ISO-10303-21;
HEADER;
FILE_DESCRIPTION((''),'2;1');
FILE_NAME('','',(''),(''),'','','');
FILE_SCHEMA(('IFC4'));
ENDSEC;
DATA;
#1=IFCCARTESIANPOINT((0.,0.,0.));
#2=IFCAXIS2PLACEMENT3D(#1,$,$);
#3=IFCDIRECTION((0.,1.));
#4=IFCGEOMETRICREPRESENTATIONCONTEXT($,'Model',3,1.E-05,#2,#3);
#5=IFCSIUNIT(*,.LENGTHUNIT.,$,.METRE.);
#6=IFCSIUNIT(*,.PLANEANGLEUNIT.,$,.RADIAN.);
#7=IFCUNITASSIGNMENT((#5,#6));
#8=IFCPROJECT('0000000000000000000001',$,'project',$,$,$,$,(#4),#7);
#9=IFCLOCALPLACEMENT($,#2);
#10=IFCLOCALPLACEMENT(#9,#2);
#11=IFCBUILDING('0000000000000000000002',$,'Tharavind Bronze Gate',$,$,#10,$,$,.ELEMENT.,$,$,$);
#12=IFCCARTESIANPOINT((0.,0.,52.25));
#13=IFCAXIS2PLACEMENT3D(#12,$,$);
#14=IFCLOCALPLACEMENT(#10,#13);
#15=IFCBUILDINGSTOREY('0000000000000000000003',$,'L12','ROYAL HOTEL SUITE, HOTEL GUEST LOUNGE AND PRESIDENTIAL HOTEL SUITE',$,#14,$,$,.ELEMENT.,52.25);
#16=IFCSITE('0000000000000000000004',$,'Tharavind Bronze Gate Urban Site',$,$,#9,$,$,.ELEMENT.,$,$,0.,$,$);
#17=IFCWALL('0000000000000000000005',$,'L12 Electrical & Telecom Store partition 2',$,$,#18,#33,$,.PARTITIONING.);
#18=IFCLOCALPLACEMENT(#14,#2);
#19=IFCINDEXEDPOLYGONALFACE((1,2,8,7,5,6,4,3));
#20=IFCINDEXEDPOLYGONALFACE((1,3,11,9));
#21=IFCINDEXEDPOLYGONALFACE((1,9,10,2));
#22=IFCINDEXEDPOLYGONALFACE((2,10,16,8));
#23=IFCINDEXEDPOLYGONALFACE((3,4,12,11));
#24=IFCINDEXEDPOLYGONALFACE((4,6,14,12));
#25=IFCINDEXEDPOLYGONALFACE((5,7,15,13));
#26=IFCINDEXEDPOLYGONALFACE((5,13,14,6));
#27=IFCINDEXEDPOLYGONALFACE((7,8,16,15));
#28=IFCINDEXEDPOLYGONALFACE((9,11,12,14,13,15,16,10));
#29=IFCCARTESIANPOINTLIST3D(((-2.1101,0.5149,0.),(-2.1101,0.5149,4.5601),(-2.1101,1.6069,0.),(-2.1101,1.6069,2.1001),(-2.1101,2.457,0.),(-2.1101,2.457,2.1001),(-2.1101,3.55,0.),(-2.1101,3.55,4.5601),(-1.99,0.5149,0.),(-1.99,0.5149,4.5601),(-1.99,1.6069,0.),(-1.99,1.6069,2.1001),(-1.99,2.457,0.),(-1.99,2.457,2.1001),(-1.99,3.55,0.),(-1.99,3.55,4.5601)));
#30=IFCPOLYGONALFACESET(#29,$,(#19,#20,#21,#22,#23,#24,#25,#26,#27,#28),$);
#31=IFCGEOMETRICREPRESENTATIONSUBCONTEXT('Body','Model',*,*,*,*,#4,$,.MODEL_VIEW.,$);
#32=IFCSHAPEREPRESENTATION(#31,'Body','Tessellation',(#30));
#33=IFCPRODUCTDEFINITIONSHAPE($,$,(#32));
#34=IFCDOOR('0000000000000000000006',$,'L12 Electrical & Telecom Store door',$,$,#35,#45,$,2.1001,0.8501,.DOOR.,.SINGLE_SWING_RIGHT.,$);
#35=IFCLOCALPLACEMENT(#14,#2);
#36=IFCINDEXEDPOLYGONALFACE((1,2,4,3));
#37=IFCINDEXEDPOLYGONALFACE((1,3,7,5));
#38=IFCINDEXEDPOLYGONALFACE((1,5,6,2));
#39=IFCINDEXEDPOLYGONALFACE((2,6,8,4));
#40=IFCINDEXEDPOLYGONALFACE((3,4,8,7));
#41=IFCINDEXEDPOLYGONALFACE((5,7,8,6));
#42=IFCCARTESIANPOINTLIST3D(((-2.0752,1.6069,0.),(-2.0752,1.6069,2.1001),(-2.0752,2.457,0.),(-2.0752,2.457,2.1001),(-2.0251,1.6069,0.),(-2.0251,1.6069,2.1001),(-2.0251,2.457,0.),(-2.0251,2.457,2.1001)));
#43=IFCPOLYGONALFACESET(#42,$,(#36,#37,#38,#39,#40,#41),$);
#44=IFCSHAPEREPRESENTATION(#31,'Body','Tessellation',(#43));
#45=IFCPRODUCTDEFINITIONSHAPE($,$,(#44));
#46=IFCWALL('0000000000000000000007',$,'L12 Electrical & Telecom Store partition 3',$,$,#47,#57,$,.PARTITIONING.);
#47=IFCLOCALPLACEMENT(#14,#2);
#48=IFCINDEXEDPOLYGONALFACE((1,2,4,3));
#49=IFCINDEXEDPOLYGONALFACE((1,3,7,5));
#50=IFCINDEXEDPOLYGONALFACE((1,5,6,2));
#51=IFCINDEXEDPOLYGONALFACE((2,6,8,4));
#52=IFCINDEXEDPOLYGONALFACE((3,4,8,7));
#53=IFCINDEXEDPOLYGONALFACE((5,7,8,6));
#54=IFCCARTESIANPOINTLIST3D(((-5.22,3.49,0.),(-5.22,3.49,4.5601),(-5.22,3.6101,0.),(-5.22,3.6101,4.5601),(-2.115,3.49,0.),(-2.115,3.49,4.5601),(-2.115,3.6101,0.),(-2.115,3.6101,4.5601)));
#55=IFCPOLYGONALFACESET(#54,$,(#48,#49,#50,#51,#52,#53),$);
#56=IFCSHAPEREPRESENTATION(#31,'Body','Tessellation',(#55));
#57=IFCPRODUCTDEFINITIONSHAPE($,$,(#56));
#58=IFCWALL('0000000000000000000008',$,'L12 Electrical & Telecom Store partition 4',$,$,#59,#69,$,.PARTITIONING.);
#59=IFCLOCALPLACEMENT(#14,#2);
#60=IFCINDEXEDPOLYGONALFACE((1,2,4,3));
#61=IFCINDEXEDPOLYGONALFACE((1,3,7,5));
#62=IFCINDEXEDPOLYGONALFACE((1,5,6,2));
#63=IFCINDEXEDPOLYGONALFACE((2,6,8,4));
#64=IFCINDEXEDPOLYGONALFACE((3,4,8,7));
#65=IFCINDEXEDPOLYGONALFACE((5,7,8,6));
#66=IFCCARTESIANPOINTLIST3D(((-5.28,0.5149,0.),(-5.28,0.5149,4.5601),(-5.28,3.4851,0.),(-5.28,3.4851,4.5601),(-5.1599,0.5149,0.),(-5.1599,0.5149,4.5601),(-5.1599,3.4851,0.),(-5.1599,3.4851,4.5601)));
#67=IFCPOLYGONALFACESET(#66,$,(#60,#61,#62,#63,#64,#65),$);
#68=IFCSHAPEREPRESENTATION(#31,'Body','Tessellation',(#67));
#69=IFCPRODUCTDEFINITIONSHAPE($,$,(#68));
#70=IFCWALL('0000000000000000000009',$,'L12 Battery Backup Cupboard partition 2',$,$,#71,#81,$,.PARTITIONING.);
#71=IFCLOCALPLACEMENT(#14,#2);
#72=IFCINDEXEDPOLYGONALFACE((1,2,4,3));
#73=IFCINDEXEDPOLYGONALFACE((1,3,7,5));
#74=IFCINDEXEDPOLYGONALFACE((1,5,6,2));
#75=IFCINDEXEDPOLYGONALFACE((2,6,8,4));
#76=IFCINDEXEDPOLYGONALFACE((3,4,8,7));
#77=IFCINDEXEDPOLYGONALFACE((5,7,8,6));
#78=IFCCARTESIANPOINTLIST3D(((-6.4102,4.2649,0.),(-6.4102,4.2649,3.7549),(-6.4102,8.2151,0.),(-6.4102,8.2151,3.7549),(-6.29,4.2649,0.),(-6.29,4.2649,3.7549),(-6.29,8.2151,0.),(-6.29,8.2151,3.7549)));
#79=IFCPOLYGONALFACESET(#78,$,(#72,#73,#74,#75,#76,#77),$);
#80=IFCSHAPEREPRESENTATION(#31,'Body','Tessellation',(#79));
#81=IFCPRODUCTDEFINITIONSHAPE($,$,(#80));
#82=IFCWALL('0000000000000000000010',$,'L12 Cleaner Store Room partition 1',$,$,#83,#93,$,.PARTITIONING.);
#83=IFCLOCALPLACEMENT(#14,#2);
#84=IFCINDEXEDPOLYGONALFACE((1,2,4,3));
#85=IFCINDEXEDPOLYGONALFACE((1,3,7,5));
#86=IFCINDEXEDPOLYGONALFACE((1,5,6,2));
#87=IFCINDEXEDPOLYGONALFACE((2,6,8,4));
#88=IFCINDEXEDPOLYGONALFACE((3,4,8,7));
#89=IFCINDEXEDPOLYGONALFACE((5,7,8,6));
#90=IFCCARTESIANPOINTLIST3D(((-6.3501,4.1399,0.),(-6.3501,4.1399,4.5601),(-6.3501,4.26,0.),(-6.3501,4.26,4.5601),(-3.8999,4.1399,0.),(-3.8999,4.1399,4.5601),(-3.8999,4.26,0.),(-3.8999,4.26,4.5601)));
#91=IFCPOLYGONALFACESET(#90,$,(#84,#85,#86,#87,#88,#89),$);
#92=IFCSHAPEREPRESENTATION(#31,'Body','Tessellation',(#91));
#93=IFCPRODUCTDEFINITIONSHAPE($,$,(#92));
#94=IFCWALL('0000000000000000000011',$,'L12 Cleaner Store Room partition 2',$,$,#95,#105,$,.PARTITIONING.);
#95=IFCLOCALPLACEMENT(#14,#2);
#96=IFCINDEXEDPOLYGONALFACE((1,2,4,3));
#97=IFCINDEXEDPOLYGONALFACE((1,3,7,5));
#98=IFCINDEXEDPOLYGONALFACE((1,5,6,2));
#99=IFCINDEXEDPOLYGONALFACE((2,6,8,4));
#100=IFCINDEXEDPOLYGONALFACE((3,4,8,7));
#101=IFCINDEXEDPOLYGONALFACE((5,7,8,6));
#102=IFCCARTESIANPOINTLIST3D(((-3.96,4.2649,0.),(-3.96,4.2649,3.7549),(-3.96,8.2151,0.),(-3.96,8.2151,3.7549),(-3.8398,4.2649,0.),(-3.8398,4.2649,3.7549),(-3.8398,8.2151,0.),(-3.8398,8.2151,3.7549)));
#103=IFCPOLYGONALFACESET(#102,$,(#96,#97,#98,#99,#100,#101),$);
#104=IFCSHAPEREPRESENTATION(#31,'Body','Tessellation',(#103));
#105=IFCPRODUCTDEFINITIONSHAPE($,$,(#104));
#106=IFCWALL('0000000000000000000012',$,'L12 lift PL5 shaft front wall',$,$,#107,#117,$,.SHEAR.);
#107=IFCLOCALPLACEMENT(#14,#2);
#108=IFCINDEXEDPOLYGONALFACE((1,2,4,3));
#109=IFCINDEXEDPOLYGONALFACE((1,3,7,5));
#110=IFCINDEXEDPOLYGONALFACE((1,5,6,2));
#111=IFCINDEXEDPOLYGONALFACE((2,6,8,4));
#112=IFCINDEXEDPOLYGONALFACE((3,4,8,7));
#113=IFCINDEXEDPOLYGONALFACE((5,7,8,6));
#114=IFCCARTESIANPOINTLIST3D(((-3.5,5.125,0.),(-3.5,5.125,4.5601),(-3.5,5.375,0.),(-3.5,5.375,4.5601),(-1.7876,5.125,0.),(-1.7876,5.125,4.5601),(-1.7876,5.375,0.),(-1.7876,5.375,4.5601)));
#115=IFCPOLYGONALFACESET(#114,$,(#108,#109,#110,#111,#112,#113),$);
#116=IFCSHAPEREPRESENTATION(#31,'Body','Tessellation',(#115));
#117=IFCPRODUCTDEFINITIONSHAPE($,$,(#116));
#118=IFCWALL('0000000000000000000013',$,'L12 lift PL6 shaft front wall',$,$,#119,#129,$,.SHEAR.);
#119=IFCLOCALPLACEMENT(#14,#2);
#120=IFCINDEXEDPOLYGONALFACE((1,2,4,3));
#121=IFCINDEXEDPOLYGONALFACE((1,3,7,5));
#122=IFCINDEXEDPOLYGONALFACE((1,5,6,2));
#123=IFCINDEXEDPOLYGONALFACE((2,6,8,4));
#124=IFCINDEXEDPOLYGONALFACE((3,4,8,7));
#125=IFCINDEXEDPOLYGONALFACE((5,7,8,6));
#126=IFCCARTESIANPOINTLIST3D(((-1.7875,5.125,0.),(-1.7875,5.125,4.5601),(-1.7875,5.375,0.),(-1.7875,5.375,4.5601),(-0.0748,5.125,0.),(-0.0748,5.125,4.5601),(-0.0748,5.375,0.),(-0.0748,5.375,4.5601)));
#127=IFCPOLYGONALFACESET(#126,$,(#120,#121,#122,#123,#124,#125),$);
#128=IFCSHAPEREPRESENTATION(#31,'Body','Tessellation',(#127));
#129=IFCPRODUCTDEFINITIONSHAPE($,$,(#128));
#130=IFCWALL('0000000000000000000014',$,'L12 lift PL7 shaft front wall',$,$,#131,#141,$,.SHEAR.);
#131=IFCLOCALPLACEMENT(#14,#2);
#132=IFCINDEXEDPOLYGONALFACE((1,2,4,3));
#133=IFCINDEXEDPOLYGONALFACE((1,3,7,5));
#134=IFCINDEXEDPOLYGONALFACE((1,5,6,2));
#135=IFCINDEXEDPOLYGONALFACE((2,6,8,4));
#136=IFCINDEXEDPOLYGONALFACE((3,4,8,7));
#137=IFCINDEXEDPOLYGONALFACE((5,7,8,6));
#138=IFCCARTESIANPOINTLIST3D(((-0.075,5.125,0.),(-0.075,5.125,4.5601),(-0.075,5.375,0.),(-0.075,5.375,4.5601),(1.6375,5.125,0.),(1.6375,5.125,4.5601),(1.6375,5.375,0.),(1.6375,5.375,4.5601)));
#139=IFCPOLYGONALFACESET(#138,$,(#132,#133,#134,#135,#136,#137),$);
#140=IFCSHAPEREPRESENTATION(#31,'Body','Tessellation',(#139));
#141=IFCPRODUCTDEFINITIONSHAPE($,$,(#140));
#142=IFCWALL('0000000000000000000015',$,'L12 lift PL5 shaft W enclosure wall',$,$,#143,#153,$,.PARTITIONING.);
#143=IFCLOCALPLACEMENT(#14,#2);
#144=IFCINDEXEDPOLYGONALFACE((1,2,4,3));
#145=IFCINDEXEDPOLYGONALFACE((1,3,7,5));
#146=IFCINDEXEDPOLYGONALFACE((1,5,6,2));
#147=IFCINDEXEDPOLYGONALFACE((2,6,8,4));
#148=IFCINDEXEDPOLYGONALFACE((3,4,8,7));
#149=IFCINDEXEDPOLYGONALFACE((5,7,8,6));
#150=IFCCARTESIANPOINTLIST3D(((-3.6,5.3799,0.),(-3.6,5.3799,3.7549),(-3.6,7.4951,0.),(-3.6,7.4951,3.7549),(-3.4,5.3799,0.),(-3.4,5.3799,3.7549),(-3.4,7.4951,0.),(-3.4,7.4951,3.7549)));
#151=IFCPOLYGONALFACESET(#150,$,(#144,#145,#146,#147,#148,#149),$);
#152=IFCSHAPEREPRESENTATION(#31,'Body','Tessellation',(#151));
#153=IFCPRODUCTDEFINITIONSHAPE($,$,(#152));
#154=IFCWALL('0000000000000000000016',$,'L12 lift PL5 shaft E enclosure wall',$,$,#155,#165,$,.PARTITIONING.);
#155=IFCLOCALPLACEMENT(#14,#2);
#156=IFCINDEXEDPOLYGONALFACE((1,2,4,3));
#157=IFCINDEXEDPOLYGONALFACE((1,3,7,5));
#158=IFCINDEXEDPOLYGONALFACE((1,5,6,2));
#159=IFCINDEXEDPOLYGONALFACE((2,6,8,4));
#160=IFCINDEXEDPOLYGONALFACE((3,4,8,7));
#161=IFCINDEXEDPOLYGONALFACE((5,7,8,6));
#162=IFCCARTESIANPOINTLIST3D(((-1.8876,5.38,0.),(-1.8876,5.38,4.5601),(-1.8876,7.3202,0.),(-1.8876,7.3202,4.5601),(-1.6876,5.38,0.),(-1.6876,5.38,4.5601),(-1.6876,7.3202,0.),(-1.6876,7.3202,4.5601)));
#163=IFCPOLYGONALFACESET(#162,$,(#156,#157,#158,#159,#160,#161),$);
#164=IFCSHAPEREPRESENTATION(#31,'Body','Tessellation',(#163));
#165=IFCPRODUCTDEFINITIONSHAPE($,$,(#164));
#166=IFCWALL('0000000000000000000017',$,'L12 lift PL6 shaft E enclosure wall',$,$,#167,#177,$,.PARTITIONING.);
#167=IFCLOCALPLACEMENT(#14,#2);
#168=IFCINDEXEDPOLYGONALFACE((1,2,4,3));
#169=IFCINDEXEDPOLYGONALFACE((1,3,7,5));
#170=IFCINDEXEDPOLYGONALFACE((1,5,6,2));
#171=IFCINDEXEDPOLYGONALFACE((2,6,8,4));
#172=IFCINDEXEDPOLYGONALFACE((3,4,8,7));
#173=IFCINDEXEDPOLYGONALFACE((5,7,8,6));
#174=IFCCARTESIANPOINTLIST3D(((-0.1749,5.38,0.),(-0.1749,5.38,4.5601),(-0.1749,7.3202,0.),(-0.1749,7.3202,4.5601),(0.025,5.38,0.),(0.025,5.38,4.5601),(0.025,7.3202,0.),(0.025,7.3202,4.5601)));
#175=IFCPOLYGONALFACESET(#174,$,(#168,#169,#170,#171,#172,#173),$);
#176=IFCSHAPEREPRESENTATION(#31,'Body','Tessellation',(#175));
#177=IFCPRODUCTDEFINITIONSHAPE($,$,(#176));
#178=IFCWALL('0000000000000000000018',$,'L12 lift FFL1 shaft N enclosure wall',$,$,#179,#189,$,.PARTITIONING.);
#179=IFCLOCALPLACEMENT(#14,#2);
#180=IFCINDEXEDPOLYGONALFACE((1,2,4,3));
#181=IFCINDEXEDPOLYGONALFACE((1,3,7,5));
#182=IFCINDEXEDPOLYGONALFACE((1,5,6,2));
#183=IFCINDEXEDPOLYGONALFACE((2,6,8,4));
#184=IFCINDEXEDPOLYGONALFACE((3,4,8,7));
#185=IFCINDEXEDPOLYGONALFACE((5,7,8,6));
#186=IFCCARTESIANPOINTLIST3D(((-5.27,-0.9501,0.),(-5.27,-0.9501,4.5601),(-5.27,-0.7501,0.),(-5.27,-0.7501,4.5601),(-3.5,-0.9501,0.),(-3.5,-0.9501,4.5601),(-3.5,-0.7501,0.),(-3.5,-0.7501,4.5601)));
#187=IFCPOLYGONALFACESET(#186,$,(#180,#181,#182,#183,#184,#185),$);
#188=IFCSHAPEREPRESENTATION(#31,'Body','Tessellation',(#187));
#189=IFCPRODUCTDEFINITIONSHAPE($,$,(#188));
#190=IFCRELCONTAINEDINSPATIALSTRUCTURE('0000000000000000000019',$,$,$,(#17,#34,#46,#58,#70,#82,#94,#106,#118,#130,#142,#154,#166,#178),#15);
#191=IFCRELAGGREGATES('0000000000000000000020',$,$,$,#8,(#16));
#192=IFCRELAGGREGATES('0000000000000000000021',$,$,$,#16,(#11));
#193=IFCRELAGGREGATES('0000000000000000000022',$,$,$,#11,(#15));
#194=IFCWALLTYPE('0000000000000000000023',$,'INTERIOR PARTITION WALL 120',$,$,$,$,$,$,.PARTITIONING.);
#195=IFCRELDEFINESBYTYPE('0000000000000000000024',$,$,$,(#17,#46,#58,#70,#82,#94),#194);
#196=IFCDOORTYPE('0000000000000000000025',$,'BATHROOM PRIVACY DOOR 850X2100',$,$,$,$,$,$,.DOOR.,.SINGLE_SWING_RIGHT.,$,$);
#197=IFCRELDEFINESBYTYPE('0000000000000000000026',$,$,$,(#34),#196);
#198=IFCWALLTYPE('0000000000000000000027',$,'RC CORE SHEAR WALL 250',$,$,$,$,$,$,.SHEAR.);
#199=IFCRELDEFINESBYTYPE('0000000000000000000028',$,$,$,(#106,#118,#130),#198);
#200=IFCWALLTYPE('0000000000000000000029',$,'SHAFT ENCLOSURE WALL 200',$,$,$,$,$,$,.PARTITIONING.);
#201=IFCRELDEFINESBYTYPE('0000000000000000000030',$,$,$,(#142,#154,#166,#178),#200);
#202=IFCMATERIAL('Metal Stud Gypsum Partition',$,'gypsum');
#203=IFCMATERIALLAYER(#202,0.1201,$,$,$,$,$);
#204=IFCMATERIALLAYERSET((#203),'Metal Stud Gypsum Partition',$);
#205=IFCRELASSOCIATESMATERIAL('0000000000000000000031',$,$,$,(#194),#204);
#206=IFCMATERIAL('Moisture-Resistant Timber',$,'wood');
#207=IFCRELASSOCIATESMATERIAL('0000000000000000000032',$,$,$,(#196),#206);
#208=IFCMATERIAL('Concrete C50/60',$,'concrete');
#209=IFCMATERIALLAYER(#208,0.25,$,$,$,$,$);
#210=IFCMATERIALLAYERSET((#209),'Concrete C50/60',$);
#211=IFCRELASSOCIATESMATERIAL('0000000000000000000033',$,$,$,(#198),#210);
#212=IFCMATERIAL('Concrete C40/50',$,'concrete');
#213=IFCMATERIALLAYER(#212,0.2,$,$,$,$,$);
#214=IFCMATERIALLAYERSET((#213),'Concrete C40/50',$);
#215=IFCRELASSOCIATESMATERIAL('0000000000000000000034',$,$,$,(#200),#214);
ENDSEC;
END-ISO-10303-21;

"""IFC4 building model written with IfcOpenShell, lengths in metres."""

from ifc_helpers import new_model, si_unit, direction, frame, frame_2d, origin, place, context, subcontext, project, spatial, rectangle, extrude, material, layer, layer_set, type_object, element, fill, save


model = new_model("IFC4")

# Units and contexts
model_context = context("Model", 3, precision=1e-05, world=origin(), true_north=direction((0.0, 1.0)))
body_context = subcontext(model_context, "Body", "Model", "MODEL_VIEW")
ifc_project = project(units=[si_unit("LENGTHUNIT", "METRE"), si_unit("PLANEANGLEUNIT", "RADIAN")], contexts=[model_context])

# Site, building, storey
site_placement = place(None, origin())
site = spatial("IfcSite", under=ifc_project, at=site_placement, Name="Tharavind Bronze Gate Urban Site", CompositionType="ELEMENT", RefElevation=0.0)
building_placement = place(site_placement, origin())
building = spatial("IfcBuilding", under=site, at=building_placement, Name="Tharavind Bronze Gate", CompositionType="ELEMENT")
storey_placement = place(building_placement, frame((0.0, 0.0, 52.25)))
storey = spatial("IfcBuildingStorey", under=building, at=storey_placement, Name="L12", Description="ROYAL HOTEL SUITE, HOTEL GUEST LOUNGE AND PRESIDENTIAL HOTEL SUITE", CompositionType="ELEMENT", Elevation=52.25)

# Shared definitions
ifc_material_1 = material(Name="Concrete C40/50", Category="concrete")

# Shared definitions
ifc_material_2 = material(Name="Metal Stud Gypsum Partition", Category="gypsum")
ifc_layer_1 = layer(ifc_material_2, 0.1201)
ifc_layer_set_1 = layer_set([ifc_layer_1], Name="Metal Stud Gypsum Partition")
wall_type_1 = type_object("IfcWallType", Name="INTERIOR PARTITION WALL 120", PredefinedType="PARTITIONING", material=ifc_layer_set_1)

# Wall, opening, door
wall_1_placement = place(storey_placement, frame((-2.05, 0.5149, 0.0), z_axis=(0.0, 0.0, 1.0), x_axis=(0.0, 1.0, 0.0)))
wall_1 = element("IfcWall", 1, at=wall_1_placement, inside=storey, type_object=wall_type_1, Name="L12 Electrical & Telecom Store partition 2", PredefinedType="PARTITIONING", context=body_context, shape_type="SweptSolid", body=[
    extrude(rectangle(XDim=3.0352, YDim=0.1201, at=frame_2d((1.5176, 0.0))), origin(), (0.0, 0.0, 1.0), 4.5601),
])
opening_placement = place(wall_1_placement, frame((1.092, 0.0, 0.0)))
opening = element("IfcOpeningElement", 2, at=opening_placement, cuts=wall_1, PredefinedType="OPENING", context=body_context, shape_type="SweptSolid", body=[
    extrude(rectangle(XDim=0.8501, YDim=2.1001, at=frame_2d((0.425, 1.05))), frame((0.0, 0.0701, 0.0), z_axis=(0.0, -1.0, 0.0), x_axis=(1.0, 0.0, 0.0)), (0.0, 0.0, 1.0), 0.1401),
])
ifc_material_3 = material(Name="Moisture-Resistant Timber", Category="wood")
door_type = type_object("IfcDoorType", Name="BATHROOM PRIVACY DOOR 850X2100", OperationType="SINGLE_SWING_RIGHT", PredefinedType="DOOR", material=ifc_material_3)
door_placement = place(opening_placement, frame((0.8501, 0.0, 0.0), z_axis=(0.0, 0.0, 1.0), x_axis=(-1.0, 0.0, 0.0)))
door = element("IfcDoor", 3, at=door_placement, inside=storey, type_object=door_type, Name="L12 Electrical & Telecom Store door", OperationType="SINGLE_SWING_RIGHT", OverallHeight=2.1001, OverallWidth=0.8501, PredefinedType="DOOR", context=body_context, shape_type="SweptSolid", body=[
    extrude(rectangle(XDim=0.8501, YDim=2.1001, at=frame_2d((0.425, 1.05))), frame((0.0, 0.0249, 0.0), z_axis=(0.0, -1.0, 0.0), x_axis=(1.0, 0.0, 0.0)), (0.0, 0.0, 1.0), 0.05),
])
fill(opening, door)

# Walls
wall_2_placement = place(storey_placement, frame((-2.115, 3.55, 0.0), z_axis=(0.0, 0.0, 1.0), x_axis=(-1.0, 0.0, 0.0)))
element("IfcWall", 4, at=wall_2_placement, inside=storey, type_object=wall_type_1, Name="L12 Electrical & Telecom Store partition 3", PredefinedType="PARTITIONING", context=body_context, shape_type="SweptSolid", body=[
    extrude(rectangle(XDim=3.105, YDim=0.1201, at=frame_2d((1.5525, 0.0))), origin(), (0.0, 0.0, 1.0), 4.5601),
])
wall_3_placement = place(storey_placement, frame((-5.22, 3.4851, 0.0), z_axis=(0.0, 0.0, 1.0), x_axis=(0.0, -1.0, 0.0)))
element("IfcWall", 5, at=wall_3_placement, inside=storey, type_object=wall_type_1, Name="L12 Electrical & Telecom Store partition 4", PredefinedType="PARTITIONING", context=body_context, shape_type="SweptSolid", body=[
    extrude(rectangle(XDim=2.9702, YDim=0.1201, at=frame_2d((1.4851, 0.0))), origin(), (0.0, 0.0, 1.0), 4.5601),
])
wall_4_placement = place(storey_placement, frame((-6.3501, 4.2649, 0.0), z_axis=(0.0, 0.0, 1.0), x_axis=(0.0, 1.0, 0.0)))
element("IfcWall", 6, at=wall_4_placement, inside=storey, type_object=wall_type_1, Name="L12 Battery Backup Cupboard partition 2", PredefinedType="PARTITIONING", context=body_context, shape_type="SweptSolid", body=[
    extrude(rectangle(XDim=3.9502, YDim=0.1201, at=frame_2d((1.9751, 0.0))), origin(), (0.0, 0.0, 1.0), 3.7549),
])
wall_5_placement = place(storey_placement, frame((-6.3501, 4.2, 0.0), z_axis=(0.0, 0.0, 1.0), x_axis=(1.0, 0.0, 0.0)))
element("IfcWall", 7, at=wall_5_placement, inside=storey, type_object=wall_type_1, Name="L12 Cleaner Store Room partition 1", PredefinedType="PARTITIONING", context=body_context, shape_type="SweptSolid", body=[
    extrude(rectangle(XDim=2.4502, YDim=0.1201, at=frame_2d((1.2251, 0.0))), origin(), (0.0, 0.0, 1.0), 4.5601),
])
wall_6_placement = place(storey_placement, frame((-3.8999, 4.2649, 0.0), z_axis=(0.0, 0.0, 1.0), x_axis=(0.0, 1.0, 0.0)))
element("IfcWall", 8, at=wall_6_placement, inside=storey, type_object=wall_type_1, Name="L12 Cleaner Store Room partition 2", PredefinedType="PARTITIONING", context=body_context, shape_type="SweptSolid", body=[
    extrude(rectangle(XDim=3.9502, YDim=0.1201, at=frame_2d((1.9751, 0.0))), origin(), (0.0, 0.0, 1.0), 3.7549),
])
ifc_material_4 = material(Name="Concrete C50/60", Category="concrete")
ifc_layer_2 = layer(ifc_material_4, 0.25)
ifc_layer_set_2 = layer_set([ifc_layer_2], Name="Concrete C50/60")
wall_type_2 = type_object("IfcWallType", Name="RC CORE SHEAR WALL 250", PredefinedType="SHEAR", material=ifc_layer_set_2)
wall_7_placement = place(storey_placement, frame((-3.5, 5.25, 0.0), z_axis=(0.0, 0.0, 1.0), x_axis=(1.0, 0.0, 0.0)))
element("IfcWall", 9, at=wall_7_placement, inside=storey, type_object=wall_type_2, Name="L12 lift PL5 shaft front wall", PredefinedType="SHEAR", context=body_context, shape_type="SweptSolid", body=[
    extrude(rectangle(XDim=1.7124, YDim=0.25, at=frame_2d((0.8562, 0.0))), origin(), (0.0, 0.0, 1.0), 4.5601),
])
wall_8_placement = place(storey_placement, frame((-1.7876, 5.25, 0.0), z_axis=(0.0, 0.0, 1.0), x_axis=(1.0, 0.0, 0.0)))
element("IfcWall", 10, at=wall_8_placement, inside=storey, type_object=wall_type_2, Name="L12 lift PL6 shaft front wall", PredefinedType="SHEAR", context=body_context, shape_type="SweptSolid", body=[
    extrude(rectangle(XDim=1.7126, YDim=0.25, at=frame_2d((0.8564, 0.0))), origin(), (0.0, 0.0, 1.0), 4.5601),
])
wall_9_placement = place(storey_placement, frame((-0.075, 5.25, 0.0), z_axis=(0.0, 0.0, 1.0), x_axis=(1.0, 0.0, 0.0)))
element("IfcWall", 11, at=wall_9_placement, inside=storey, type_object=wall_type_2, Name="L12 lift PL7 shaft front wall", PredefinedType="SHEAR", context=body_context, shape_type="SweptSolid", body=[
    extrude(rectangle(XDim=1.7124, YDim=0.25, at=frame_2d((0.8562, 0.0))), origin(), (0.0, 0.0, 1.0), 4.5601),
])
ifc_layer_3 = layer(ifc_material_1, 0.2)
ifc_layer_set_3 = layer_set([ifc_layer_3], Name="Concrete C40/50")
wall_type_3 = type_object("IfcWallType", Name="SHAFT ENCLOSURE WALL 200", PredefinedType="PARTITIONING", material=ifc_layer_set_3)
wall_10_placement = place(storey_placement, frame((-3.5, 5.3799, 0.0), z_axis=(0.0, 0.0, 1.0), x_axis=(0.0, 1.0, 0.0)))
element("IfcWall", 12, at=wall_10_placement, inside=storey, type_object=wall_type_3, Name="L12 lift PL5 shaft W enclosure wall", PredefinedType="PARTITIONING", context=body_context, shape_type="SweptSolid", body=[
    extrude(rectangle(XDim=2.1152, YDim=0.2, at=frame_2d((1.0576, 0.0))), origin(), (0.0, 0.0, 1.0), 3.7549),
])
for number, where, z_axis, x_axis, name in (
    (13, (-1.7876, 5.3799, 0.0), (0.0, 0.0, 1.0), (0.0, 1.0, 0.0), "L12 lift PL5 shaft E enclosure wall"),
    (14, (-0.075, 5.3799, 0.0), (0.0, 0.0, 1.0), (0.0, 1.0, 0.0), "L12 lift PL6 shaft E enclosure wall"),
):
    element("IfcWall", number, at=place(storey_placement, frame(where, z_axis=z_axis, x_axis=x_axis)), inside=storey, type_object=wall_type_3, Name=name, PredefinedType="PARTITIONING", context=body_context, shape_type="SweptSolid", body=[
        extrude(rectangle(XDim=1.9402, YDim=0.2, at=frame_2d((0.9702, 0.0))), origin(), (0.0, 0.0, 1.0), 4.5601),
    ])
wall_11_placement = place(storey_placement, frame((-5.27, -0.8501, 0.0), z_axis=(0.0, 0.0, 1.0), x_axis=(1.0, 0.0, 0.0)))
element("IfcWall", 15, at=wall_11_placement, inside=storey, type_object=wall_type_3, Name="L12 lift FFL1 shaft N enclosure wall", PredefinedType="PARTITIONING", context=body_context, shape_type="SweptSolid", body=[
    extrude(rectangle(XDim=1.77, YDim=0.2, at=frame_2d((0.885, 0.0))), origin(), (0.0, 0.0, 1.0), 4.5601),
])

save(model, "model.ifc")
